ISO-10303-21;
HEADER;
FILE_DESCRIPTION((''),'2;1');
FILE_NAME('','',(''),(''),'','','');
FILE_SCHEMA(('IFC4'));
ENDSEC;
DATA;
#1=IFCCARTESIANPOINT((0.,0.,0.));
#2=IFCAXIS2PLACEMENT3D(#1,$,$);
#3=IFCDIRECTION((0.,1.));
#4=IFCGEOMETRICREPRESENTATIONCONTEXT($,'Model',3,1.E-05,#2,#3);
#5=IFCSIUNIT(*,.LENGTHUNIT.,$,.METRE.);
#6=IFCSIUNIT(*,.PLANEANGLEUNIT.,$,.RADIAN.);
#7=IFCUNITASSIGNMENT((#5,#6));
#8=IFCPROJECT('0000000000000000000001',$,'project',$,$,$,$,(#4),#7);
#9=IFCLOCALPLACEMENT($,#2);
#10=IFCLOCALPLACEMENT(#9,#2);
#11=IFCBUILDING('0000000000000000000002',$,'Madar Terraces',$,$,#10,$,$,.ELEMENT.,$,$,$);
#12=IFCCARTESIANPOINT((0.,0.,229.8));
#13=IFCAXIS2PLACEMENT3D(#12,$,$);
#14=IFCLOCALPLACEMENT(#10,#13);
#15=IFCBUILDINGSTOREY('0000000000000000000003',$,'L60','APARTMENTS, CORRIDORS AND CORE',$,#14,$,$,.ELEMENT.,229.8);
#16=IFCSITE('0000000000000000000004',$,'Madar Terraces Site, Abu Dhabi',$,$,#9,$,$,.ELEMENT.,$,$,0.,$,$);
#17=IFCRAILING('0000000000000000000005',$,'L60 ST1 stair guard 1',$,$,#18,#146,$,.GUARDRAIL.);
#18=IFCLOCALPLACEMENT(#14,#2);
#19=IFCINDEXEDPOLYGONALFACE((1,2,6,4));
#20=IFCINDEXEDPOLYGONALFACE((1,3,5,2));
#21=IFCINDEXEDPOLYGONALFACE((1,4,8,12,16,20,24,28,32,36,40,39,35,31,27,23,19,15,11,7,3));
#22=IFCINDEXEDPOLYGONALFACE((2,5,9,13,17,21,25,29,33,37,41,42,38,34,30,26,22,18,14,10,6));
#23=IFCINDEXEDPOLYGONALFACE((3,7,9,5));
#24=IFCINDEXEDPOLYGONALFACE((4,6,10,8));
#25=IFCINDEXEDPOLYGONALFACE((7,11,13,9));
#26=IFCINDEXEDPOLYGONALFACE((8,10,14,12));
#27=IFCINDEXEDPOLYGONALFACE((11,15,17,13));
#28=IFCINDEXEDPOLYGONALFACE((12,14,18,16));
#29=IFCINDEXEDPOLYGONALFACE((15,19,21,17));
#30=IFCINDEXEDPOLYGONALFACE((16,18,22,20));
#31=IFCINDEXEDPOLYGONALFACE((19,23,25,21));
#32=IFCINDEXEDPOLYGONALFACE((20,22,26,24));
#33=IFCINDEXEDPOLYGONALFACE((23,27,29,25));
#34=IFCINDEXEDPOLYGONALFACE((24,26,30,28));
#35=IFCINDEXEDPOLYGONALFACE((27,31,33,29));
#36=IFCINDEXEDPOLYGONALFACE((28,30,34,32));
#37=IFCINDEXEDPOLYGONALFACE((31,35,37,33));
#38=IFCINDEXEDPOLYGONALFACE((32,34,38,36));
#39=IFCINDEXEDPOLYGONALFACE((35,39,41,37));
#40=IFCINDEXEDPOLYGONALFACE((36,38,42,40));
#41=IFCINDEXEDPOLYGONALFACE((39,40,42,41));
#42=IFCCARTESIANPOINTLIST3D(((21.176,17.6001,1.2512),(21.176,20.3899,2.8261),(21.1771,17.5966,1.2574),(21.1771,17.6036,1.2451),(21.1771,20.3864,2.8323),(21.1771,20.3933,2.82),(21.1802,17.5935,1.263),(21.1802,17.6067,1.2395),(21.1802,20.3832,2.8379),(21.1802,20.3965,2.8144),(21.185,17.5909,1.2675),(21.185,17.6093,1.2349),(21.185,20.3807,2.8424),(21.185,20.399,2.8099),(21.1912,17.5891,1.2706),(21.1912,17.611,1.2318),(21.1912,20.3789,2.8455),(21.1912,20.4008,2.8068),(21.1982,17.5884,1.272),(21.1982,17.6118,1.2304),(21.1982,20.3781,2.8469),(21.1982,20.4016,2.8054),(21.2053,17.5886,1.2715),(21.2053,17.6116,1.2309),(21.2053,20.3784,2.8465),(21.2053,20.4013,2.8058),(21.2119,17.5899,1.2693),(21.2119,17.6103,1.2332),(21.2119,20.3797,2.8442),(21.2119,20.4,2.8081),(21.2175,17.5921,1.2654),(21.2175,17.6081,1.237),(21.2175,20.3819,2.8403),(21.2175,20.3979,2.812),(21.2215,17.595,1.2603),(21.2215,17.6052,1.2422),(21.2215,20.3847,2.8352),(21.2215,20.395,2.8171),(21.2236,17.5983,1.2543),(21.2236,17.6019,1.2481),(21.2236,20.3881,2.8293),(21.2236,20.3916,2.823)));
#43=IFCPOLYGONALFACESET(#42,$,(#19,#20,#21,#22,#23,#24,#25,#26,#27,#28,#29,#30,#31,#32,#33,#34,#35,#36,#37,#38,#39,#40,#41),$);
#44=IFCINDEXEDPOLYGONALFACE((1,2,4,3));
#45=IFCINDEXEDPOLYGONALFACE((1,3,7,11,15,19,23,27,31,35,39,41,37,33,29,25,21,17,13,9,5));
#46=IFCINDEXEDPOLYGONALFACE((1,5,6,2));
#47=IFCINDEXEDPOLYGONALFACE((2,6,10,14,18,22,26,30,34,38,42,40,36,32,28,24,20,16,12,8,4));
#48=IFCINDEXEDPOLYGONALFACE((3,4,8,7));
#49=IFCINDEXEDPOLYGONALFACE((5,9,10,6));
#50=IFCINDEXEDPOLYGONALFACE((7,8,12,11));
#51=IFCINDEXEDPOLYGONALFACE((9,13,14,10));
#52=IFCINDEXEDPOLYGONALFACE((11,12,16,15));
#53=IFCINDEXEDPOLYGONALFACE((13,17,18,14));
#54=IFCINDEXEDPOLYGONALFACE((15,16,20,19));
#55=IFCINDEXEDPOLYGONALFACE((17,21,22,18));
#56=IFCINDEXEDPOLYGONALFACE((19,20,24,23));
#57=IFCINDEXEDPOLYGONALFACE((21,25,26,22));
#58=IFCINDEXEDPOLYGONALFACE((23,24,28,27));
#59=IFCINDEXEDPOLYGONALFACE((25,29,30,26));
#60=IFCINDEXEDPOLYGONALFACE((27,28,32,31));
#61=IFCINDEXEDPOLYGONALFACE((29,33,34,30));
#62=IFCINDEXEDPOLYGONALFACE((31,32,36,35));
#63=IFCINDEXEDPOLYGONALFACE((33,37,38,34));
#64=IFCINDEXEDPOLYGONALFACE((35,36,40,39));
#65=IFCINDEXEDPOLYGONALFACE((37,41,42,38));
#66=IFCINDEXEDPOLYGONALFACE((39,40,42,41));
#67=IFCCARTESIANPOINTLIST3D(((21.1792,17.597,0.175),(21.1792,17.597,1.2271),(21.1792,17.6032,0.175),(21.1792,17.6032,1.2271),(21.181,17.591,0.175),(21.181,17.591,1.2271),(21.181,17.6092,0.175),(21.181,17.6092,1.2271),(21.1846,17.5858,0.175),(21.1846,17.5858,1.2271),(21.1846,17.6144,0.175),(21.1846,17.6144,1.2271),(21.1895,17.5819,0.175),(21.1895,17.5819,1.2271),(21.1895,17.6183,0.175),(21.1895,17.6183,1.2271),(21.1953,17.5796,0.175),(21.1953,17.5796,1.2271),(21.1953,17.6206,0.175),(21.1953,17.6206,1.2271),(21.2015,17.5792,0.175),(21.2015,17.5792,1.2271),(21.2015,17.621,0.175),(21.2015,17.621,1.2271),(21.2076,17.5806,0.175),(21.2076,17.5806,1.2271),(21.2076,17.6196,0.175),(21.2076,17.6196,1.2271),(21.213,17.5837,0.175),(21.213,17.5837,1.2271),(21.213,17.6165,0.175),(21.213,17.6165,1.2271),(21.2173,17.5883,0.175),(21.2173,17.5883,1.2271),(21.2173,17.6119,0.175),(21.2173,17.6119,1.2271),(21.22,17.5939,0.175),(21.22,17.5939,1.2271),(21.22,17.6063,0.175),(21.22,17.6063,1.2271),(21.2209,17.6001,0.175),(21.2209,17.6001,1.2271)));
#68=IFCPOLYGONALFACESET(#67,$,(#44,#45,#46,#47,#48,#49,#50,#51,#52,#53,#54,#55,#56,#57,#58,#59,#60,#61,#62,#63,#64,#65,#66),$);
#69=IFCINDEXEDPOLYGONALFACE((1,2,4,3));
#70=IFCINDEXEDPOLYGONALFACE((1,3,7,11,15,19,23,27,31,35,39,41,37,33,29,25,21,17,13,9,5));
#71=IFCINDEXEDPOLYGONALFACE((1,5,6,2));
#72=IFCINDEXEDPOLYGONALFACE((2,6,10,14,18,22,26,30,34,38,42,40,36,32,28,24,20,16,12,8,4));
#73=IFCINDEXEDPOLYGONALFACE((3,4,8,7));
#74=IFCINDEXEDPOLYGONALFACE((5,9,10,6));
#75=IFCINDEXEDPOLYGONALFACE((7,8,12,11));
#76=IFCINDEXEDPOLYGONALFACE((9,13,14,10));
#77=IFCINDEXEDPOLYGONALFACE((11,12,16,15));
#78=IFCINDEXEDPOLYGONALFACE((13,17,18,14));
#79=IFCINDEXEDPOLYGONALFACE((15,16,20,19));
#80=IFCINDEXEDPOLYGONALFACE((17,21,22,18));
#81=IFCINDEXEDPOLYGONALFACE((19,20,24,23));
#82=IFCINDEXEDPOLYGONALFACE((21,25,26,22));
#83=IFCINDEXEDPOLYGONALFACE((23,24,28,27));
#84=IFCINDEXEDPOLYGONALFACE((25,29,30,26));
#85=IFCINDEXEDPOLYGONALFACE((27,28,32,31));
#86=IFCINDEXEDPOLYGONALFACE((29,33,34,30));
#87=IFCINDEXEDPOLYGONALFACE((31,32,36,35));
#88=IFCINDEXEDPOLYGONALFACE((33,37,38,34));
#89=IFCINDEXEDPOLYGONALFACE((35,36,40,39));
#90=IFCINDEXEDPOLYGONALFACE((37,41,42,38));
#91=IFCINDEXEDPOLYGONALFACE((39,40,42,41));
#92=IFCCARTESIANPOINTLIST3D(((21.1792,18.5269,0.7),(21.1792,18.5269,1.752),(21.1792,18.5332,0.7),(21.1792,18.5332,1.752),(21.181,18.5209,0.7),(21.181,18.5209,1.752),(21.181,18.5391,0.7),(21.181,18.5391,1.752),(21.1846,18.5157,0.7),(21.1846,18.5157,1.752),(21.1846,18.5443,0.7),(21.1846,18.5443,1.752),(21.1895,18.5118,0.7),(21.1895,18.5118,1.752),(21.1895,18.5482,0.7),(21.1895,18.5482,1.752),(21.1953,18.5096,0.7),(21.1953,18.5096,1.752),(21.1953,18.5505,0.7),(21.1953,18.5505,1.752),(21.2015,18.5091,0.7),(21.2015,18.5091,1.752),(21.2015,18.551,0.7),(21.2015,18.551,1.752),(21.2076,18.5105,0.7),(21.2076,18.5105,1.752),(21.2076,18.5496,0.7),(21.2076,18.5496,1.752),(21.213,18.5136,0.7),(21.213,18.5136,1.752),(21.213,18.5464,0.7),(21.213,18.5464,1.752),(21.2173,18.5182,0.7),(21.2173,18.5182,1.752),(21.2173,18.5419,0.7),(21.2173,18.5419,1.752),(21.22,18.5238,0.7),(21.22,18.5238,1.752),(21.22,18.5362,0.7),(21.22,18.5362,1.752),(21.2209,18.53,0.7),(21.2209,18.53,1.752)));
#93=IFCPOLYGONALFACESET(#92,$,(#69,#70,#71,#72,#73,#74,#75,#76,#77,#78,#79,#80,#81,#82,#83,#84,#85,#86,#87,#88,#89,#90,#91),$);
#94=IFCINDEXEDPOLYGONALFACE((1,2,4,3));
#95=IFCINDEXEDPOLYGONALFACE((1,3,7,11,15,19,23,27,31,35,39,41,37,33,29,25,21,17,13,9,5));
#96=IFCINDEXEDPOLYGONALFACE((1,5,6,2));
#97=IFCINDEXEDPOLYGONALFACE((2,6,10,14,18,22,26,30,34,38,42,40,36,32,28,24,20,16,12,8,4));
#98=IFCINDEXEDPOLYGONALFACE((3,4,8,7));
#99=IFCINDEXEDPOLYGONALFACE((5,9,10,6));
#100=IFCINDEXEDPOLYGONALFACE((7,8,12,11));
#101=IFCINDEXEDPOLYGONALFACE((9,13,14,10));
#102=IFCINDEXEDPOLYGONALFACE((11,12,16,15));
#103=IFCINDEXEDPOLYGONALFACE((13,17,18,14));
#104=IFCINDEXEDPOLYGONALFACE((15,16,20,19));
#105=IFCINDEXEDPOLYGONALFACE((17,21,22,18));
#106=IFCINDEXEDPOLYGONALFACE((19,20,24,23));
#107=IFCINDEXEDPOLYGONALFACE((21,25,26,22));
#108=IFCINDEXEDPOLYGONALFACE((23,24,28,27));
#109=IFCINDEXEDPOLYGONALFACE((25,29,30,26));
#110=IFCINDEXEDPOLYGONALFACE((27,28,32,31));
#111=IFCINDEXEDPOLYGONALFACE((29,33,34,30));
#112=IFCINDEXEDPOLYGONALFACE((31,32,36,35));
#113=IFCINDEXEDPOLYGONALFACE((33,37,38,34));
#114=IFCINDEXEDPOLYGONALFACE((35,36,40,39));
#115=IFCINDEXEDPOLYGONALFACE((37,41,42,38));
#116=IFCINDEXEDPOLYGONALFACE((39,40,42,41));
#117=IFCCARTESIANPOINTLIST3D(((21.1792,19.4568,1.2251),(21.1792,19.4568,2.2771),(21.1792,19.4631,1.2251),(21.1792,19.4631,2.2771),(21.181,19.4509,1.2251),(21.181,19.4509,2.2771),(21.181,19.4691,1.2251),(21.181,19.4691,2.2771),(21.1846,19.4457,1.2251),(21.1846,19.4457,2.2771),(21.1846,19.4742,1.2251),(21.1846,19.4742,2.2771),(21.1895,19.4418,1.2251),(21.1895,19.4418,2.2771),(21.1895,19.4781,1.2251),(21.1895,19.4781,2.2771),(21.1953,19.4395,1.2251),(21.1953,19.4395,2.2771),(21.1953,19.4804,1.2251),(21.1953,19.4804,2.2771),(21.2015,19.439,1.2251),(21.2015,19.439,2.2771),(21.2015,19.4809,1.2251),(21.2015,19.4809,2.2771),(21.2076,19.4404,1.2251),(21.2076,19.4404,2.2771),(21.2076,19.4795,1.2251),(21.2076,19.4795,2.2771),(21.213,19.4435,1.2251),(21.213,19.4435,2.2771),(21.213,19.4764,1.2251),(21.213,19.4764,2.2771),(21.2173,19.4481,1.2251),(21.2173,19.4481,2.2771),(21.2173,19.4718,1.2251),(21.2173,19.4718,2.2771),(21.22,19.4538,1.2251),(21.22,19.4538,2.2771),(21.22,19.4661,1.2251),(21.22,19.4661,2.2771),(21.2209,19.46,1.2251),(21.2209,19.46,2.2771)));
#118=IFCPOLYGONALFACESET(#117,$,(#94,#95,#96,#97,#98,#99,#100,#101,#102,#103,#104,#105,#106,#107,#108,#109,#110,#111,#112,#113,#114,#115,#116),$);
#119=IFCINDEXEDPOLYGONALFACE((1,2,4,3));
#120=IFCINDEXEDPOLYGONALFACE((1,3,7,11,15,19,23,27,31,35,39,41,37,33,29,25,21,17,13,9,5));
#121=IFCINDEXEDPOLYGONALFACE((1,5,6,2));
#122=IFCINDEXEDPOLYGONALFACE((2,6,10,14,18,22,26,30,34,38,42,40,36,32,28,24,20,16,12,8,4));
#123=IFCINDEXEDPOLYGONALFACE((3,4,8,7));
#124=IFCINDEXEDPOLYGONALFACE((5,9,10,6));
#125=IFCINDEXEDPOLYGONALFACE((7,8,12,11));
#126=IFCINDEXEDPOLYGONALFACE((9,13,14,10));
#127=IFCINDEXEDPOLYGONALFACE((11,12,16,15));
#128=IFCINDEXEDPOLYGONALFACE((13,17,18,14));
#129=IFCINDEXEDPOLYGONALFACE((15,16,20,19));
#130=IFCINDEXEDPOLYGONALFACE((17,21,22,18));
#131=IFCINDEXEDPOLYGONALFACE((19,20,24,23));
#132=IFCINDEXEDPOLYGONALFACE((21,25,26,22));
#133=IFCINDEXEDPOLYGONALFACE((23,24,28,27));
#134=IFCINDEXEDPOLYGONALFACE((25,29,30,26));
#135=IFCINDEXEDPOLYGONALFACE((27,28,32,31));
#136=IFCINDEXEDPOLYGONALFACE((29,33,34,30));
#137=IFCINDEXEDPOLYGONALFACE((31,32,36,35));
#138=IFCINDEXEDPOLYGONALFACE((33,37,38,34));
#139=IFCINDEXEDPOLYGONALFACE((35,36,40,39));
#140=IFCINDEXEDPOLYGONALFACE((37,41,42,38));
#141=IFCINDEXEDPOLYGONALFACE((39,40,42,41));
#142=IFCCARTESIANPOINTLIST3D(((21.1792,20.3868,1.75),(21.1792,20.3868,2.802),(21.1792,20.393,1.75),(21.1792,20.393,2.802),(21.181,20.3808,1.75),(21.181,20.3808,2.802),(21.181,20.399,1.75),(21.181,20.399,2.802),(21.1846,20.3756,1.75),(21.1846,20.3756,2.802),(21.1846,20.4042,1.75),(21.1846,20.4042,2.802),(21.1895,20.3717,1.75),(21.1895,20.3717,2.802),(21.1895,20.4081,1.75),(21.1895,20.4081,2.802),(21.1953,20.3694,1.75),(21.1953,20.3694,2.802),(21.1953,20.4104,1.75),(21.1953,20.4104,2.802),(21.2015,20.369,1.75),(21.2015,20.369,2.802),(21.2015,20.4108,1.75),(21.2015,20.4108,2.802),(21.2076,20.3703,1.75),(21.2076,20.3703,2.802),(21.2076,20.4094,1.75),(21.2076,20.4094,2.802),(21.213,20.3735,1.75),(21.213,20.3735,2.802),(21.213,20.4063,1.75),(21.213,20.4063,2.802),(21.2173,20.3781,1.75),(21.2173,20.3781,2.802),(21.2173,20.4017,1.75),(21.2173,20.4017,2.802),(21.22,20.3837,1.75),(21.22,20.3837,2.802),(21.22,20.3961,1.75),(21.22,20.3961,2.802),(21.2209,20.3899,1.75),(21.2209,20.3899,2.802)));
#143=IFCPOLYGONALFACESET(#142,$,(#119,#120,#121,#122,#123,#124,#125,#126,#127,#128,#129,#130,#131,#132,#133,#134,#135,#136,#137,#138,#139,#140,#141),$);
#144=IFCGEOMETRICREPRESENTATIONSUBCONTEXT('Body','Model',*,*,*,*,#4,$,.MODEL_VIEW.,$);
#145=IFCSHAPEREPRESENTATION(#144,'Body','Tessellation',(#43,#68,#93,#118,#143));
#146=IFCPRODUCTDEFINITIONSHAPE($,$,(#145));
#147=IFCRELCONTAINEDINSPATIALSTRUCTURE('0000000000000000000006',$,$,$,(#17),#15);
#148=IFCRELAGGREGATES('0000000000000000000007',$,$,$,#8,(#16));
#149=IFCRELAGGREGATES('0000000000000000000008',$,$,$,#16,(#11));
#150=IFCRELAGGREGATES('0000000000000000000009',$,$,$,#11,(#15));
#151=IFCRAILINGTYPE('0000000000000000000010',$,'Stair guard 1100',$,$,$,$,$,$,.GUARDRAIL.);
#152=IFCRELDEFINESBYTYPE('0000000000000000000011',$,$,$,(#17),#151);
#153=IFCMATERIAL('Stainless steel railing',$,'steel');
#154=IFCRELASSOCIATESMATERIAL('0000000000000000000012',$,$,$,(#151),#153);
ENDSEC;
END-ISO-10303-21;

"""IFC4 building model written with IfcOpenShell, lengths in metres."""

from ifc_helpers import new_model, si_unit, direction, frame, origin, origin_2d, place, context, subcontext, project, spatial, circle, extrude, material, type_object, element, save


model = new_model("IFC4")

# Units and contexts
model_context = context("Model", 3, precision=1e-05, world=origin(), true_north=direction((0.0, 1.0)))
body_context = subcontext(model_context, "Body", "Model", "MODEL_VIEW")
ifc_project = project(units=[si_unit("LENGTHUNIT", "METRE"), si_unit("PLANEANGLEUNIT", "RADIAN")], contexts=[model_context])

# Site, building, storey
site_placement = place(None, origin())
site = spatial("IfcSite", under=ifc_project, at=site_placement, Name="Madar Terraces Site, Abu Dhabi", CompositionType="ELEMENT", RefElevation=0.0)
building_placement = place(site_placement, origin())
building = spatial("IfcBuilding", under=site, at=building_placement, Name="Madar Terraces", CompositionType="ELEMENT")
storey_placement = place(building_placement, frame((0.0, 0.0, 229.8)))
storey = spatial("IfcBuildingStorey", under=building, at=storey_placement, Name="L60", Description="APARTMENTS, CORRIDORS AND CORE", CompositionType="ELEMENT", Elevation=229.8)

# Railing
ifc_material_1 = material(Name="Stainless steel railing", Category="steel")
railing_type_1 = type_object("IfcRailingType", Name="Stair guard 1100", PredefinedType="GUARDRAIL", material=ifc_material_1)
railing_1_placement = place(storey_placement, frame((21.2, 17.6001, 0.175)))
element("IfcRailing", 1, at=railing_1_placement, inside=storey, type_object=railing_type_1, Name="L60 ST1 stair guard 1", PredefinedType="GUARDRAIL", context=body_context, shape_type="SweptSolid", body=[
    extrude(circle(Radius=0.0239, at=origin_2d()), frame((0.0, 0.0, 1.0762), z_axis=(0.0, 0.870815, 0.49161), x_axis=(-1.0, 0.0, 0.0)), (0.0, 0.0, 1.0), 3.2036),
    extrude(circle(Radius=0.021, at=origin_2d()), origin(), (0.0, 0.0, 1.0), 1.052),
    extrude(circle(Radius=0.021, at=origin_2d()), frame((0.0, 0.9299, 0.5249)), (0.0, 0.0, 1.0), 1.052),
    extrude(circle(Radius=0.021, at=origin_2d()), frame((0.0, 1.8599, 1.05)), (0.0, 0.0, 1.0), 1.052),
    extrude(circle(Radius=0.021, at=origin_2d()), frame((0.0, 2.7898, 1.575)), (0.0, 0.0, 1.0), 1.052),
])

save(model, "model.ifc")
